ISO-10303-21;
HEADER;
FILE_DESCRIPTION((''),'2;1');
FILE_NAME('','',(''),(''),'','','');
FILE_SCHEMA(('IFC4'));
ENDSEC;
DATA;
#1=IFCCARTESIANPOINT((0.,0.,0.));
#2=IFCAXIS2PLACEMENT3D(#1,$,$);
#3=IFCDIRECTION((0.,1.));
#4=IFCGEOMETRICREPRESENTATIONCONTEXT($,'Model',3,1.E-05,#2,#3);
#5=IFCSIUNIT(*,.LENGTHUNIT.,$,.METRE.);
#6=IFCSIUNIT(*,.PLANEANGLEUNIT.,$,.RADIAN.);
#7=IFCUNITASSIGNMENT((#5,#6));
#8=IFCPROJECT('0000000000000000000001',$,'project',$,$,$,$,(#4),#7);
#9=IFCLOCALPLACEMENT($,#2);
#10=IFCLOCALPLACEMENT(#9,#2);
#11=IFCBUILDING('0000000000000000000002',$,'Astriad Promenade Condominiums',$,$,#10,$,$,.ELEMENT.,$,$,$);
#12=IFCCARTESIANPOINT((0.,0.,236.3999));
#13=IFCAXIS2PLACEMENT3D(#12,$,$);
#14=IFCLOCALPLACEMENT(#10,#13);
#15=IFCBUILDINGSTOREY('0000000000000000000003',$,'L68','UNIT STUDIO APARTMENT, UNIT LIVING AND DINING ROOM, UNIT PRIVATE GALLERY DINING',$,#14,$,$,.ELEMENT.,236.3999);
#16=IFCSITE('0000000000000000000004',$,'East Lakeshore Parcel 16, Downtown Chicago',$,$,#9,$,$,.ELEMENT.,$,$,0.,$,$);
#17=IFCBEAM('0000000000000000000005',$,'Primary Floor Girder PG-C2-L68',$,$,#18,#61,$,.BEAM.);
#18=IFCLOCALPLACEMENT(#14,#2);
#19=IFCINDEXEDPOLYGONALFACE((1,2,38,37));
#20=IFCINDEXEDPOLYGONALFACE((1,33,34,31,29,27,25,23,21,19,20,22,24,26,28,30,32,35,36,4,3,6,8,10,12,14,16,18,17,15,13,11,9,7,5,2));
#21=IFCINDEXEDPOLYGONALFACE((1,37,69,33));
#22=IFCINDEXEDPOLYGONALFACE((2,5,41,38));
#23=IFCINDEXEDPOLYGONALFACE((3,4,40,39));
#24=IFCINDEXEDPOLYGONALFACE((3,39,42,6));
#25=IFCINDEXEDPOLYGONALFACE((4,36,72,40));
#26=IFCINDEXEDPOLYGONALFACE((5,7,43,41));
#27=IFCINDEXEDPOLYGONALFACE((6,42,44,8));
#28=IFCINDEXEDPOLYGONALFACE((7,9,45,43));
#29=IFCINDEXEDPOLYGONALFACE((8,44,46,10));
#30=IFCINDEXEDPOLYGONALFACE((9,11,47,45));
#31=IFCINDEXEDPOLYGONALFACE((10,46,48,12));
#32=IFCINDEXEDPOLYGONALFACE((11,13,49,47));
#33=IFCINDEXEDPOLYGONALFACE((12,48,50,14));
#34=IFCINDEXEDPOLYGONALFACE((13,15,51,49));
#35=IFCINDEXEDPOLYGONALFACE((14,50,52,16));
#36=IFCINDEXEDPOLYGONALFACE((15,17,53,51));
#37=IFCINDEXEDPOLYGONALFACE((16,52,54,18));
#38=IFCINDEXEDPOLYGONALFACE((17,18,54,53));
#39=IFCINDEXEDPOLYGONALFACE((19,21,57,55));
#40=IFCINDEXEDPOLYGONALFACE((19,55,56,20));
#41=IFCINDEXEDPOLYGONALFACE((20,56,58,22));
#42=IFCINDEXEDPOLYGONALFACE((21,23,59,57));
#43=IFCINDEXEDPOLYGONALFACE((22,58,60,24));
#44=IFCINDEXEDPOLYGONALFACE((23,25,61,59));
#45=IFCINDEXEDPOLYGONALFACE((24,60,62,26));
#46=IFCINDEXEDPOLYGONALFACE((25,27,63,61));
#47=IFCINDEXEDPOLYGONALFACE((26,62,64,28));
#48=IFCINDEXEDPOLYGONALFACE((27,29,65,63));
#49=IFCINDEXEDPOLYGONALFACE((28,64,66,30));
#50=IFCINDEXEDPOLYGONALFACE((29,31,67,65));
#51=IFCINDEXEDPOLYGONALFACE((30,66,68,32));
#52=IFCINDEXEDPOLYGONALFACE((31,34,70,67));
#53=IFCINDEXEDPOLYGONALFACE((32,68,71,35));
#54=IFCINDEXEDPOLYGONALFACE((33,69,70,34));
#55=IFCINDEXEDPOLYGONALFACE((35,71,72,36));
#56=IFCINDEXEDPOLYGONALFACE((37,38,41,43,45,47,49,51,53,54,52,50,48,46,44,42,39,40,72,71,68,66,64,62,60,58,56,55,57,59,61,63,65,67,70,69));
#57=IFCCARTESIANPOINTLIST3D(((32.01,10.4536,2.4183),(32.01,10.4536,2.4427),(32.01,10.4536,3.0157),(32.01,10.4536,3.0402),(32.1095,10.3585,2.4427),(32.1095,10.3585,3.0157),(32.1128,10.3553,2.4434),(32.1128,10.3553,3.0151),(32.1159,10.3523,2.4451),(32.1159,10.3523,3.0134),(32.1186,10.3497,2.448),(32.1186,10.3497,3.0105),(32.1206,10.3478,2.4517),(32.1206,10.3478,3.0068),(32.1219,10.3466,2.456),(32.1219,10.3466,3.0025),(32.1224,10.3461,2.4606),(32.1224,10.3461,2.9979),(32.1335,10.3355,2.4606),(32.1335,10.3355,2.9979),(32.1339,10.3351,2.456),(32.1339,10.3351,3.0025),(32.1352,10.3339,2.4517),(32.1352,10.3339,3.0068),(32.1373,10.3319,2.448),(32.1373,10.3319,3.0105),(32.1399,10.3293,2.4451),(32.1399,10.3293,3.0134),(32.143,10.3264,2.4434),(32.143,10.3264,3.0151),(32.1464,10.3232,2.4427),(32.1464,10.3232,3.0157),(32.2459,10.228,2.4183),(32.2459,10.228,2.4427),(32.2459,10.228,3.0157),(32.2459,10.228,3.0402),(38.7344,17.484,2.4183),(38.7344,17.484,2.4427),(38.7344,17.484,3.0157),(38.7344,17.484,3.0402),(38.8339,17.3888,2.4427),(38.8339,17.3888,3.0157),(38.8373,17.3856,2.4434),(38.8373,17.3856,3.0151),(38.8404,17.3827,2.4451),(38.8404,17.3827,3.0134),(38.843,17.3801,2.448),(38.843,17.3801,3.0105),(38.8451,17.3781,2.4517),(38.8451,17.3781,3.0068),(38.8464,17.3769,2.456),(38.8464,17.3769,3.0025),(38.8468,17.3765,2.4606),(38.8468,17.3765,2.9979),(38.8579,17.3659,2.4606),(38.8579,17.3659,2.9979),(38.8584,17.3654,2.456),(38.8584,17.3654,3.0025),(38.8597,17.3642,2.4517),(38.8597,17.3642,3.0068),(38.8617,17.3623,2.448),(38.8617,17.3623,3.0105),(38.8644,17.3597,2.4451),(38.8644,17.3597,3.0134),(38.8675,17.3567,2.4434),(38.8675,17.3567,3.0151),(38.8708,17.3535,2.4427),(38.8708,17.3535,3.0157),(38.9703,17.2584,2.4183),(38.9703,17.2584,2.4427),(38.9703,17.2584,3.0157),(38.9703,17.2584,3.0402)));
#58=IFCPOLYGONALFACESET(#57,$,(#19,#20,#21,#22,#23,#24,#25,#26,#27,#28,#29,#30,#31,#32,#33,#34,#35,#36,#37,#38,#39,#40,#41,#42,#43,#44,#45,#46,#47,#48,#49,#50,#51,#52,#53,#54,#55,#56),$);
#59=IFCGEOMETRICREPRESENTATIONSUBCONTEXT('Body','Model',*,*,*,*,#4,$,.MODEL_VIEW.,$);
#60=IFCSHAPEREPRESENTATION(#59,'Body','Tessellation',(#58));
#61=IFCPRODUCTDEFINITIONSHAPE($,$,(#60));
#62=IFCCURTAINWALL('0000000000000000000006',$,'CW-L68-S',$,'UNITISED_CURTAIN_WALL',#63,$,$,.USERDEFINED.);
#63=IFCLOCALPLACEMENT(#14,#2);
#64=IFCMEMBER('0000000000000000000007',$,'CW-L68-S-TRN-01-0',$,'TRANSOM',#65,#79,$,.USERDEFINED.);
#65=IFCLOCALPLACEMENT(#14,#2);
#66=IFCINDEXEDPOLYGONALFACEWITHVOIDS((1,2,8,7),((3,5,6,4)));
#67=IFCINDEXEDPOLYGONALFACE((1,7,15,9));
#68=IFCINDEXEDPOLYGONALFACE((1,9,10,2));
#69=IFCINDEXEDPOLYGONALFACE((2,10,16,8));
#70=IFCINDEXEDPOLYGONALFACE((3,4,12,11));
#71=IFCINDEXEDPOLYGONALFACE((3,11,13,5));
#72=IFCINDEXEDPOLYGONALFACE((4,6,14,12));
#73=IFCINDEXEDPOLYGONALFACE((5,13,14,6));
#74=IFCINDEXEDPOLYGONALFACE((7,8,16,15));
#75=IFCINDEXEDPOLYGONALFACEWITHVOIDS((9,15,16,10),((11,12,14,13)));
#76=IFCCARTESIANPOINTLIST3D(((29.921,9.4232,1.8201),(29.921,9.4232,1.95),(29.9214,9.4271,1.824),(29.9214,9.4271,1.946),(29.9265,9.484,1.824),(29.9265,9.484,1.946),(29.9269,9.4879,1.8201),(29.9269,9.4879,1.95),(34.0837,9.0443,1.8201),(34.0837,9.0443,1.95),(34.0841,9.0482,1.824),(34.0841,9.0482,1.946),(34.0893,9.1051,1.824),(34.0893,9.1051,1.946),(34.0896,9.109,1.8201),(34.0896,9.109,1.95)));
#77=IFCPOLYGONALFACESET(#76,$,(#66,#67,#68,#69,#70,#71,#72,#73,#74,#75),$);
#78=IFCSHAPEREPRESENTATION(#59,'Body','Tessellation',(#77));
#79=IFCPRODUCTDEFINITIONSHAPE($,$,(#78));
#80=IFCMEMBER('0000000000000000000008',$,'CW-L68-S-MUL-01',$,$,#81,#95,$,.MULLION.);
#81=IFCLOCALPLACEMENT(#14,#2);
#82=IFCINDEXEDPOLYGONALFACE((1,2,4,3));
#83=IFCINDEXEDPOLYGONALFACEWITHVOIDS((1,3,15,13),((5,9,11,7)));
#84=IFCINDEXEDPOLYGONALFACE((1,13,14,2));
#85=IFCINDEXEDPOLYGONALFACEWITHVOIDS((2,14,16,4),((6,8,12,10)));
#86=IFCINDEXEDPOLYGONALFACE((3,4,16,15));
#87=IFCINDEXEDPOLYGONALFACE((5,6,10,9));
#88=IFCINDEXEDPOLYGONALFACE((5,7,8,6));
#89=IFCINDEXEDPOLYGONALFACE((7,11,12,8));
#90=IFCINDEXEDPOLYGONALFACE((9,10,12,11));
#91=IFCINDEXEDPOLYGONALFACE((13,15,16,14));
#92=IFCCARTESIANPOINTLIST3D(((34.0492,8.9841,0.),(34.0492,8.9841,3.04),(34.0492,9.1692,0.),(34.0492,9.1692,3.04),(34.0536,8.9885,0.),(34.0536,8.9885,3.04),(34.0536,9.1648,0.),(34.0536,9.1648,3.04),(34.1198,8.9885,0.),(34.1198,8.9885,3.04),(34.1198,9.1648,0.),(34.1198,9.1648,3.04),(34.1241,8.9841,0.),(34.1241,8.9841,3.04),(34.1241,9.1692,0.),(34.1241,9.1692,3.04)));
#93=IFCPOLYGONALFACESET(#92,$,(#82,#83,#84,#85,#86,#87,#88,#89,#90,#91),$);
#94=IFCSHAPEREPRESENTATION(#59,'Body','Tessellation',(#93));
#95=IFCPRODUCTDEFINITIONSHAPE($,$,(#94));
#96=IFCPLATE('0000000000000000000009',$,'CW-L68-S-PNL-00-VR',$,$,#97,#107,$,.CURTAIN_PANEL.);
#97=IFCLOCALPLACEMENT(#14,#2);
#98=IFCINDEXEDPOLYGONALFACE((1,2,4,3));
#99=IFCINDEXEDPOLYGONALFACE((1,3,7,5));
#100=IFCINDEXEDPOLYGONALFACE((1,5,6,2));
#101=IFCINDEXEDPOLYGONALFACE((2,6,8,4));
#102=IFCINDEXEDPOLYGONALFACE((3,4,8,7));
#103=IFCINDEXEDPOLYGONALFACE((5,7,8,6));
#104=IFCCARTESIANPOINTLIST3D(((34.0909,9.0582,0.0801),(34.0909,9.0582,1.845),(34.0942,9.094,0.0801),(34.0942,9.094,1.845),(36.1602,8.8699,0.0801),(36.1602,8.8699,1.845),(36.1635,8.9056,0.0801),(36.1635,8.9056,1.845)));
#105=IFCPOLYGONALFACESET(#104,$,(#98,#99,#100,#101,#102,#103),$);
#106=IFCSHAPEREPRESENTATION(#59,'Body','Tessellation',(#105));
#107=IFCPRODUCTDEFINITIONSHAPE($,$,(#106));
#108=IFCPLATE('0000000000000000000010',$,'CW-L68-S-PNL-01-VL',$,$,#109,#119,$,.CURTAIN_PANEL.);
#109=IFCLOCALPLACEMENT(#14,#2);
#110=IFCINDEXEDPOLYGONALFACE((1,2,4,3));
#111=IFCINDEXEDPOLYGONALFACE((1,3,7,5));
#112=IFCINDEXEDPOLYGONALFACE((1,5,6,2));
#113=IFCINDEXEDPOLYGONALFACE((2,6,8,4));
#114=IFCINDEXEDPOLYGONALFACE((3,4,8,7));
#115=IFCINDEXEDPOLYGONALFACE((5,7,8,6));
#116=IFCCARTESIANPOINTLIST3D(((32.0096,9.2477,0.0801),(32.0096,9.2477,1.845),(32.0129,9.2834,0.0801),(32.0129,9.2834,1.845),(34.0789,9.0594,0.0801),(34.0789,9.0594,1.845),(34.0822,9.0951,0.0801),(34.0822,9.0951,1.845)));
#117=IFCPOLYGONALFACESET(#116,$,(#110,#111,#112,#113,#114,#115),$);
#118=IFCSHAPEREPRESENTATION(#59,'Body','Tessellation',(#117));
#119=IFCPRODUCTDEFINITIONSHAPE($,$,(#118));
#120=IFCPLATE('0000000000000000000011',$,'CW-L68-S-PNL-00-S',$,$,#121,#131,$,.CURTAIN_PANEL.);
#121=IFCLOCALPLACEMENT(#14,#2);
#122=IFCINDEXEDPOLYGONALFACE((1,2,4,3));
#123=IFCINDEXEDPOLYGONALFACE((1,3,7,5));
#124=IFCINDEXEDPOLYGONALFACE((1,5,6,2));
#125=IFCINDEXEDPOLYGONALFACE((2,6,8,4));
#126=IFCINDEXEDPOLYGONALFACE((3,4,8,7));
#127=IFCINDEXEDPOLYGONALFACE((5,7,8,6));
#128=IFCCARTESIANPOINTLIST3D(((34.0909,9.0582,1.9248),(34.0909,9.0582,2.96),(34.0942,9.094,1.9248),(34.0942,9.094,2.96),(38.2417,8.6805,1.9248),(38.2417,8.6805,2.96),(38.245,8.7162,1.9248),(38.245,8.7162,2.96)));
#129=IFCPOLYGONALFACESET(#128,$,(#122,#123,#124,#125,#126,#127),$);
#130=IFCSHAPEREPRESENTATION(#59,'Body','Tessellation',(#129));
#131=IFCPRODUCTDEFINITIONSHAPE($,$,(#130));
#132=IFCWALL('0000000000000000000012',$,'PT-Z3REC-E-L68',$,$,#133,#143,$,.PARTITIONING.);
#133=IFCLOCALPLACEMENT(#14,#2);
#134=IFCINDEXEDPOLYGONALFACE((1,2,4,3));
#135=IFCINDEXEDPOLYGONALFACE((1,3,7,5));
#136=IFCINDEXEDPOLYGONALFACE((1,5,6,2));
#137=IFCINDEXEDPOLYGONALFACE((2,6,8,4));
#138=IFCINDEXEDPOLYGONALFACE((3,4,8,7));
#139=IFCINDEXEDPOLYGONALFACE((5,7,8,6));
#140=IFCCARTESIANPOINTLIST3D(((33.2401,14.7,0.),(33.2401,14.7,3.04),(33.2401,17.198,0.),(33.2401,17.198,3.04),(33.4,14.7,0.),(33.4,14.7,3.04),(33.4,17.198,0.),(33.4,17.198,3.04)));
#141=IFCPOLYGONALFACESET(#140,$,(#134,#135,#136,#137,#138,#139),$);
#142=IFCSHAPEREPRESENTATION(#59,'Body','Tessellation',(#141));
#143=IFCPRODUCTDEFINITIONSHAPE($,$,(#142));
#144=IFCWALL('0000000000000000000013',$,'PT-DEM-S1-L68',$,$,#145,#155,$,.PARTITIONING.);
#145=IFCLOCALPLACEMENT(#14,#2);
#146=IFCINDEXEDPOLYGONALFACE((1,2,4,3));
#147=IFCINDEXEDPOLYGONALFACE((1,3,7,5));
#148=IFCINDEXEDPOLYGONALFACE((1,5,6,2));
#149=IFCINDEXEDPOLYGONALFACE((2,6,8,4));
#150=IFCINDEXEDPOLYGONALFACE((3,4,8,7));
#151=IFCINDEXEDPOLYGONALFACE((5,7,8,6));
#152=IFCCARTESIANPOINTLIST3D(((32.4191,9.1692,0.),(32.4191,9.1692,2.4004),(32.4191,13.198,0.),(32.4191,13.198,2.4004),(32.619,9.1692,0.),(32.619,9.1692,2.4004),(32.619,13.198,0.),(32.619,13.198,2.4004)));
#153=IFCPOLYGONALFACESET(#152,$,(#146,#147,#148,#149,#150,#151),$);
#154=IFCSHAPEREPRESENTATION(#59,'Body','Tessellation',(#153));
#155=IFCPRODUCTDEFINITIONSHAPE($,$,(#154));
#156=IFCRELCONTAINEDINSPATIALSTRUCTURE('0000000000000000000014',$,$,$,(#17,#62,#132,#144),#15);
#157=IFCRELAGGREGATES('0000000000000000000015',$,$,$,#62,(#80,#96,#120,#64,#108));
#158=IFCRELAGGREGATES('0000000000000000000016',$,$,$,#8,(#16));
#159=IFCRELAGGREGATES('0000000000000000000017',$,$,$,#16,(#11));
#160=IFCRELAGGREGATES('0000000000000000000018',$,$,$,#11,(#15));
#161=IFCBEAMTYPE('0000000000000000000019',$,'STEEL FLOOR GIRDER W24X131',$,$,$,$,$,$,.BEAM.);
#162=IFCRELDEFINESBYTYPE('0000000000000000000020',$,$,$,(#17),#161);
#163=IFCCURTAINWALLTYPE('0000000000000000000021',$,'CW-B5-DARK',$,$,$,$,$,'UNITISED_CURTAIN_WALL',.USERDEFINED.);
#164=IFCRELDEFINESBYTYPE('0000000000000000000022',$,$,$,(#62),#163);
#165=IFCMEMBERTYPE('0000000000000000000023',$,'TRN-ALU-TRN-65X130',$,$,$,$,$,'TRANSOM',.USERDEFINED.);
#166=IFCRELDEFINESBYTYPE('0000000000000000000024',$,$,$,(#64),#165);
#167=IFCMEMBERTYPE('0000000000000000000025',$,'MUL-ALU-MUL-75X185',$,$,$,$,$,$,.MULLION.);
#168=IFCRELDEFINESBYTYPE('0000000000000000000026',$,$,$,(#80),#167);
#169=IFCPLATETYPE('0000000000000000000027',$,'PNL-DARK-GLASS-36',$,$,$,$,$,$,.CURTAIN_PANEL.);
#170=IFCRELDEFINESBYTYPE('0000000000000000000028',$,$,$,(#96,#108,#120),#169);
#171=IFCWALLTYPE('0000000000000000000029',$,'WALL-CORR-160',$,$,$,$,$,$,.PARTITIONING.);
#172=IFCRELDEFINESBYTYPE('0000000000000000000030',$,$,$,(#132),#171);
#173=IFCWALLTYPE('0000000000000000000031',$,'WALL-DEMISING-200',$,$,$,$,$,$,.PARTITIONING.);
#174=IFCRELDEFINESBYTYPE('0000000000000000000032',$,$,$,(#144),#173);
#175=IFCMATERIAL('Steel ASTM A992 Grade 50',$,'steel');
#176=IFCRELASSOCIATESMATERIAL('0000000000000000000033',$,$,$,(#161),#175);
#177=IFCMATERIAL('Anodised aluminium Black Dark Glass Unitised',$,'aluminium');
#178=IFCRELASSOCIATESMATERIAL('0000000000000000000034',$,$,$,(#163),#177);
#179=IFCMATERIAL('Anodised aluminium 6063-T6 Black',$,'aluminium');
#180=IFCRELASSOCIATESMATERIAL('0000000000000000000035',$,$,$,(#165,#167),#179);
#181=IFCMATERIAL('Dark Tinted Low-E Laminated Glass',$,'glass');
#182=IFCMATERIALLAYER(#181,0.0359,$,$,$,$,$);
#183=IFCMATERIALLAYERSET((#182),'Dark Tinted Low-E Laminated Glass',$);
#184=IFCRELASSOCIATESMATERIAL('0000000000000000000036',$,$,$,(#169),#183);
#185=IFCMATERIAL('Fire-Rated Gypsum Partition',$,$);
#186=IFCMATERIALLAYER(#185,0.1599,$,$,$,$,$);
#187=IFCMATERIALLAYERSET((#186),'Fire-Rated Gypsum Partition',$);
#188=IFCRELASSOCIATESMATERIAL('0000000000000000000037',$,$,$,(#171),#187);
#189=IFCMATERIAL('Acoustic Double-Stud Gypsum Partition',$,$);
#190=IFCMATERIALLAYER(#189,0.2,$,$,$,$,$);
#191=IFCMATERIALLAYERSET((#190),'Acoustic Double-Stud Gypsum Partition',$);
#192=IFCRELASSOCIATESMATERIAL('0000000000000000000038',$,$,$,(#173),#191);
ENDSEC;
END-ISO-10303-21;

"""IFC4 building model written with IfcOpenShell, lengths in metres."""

from ifc_helpers import new_model, si_unit, direction, frame, frame_2d, origin, origin_2d, place, context, subcontext, project, spatial, rectangle, hollow_rectangle, i_section, extrude, source, transform, mapped, material, layer, layer_set, material_profile, profile_set, type_object, type_shapes, element, aggregate, save


model = new_model("IFC4")

# Units and contexts
model_context = context("Model", 3, precision=1e-05, world=origin(), true_north=direction((0.0, 1.0)))
body_context = subcontext(model_context, "Body", "Model", "MODEL_VIEW")
ifc_project = project(units=[si_unit("LENGTHUNIT", "METRE"), si_unit("PLANEANGLEUNIT", "RADIAN")], contexts=[model_context])

# Site, building, storey
site_placement = place(None, origin())
site = spatial("IfcSite", under=ifc_project, at=site_placement, Name="East Lakeshore Parcel 16, Downtown Chicago", CompositionType="ELEMENT", RefElevation=0.0)
building_placement = place(site_placement, origin())
building = spatial("IfcBuilding", under=site, at=building_placement, Name="Astriad Promenade Condominiums", CompositionType="ELEMENT")
storey_placement = place(building_placement, frame((0.0, 0.0, 236.3999)))
storey = spatial("IfcBuildingStorey", under=building, at=storey_placement, Name="L68", Description="UNIT STUDIO APARTMENT, UNIT LIVING AND DINING ROOM, UNIT PRIVATE GALLERY DINING", CompositionType="ELEMENT", Elevation=236.3999)

# Shared definitions
ifc_material_1 = material(Name="Steel ASTM A992 Grade 50", Category="steel")

# Beam
ifc_material_profile_1 = material_profile(ifc_material_1, i_section(OverallWidth=0.3264, OverallDepth=0.6218, WebThickness=0.0154, FlangeThickness=0.0244, FilletRadius=0.0178, at=origin_2d()), Name="W24X131")
ifc_profile_set_1 = profile_set([ifc_material_profile_1], Name="Steel ASTM A992 Grade 50")
beam_type_1 = type_object("IfcBeamType", Name="STEEL FLOOR GIRDER W24X131", PredefinedType="BEAM", material=ifc_profile_set_1)
shared_shape_1 = source(origin(), body_context, "Body", "SweptSolid", [
    extrude(i_section(OverallWidth=0.3264, OverallDepth=0.6218, WebThickness=0.0154, FlangeThickness=0.0244, FilletRadius=0.0178, at=origin_2d()), origin(), (0.0, 0.0, 1.0), 9.7285),
])
beam_1_placement = place(storey_placement, frame((32.1279, 10.3408, 2.7292), z_axis=(0.69121, 0.722654, 0.0), x_axis=(-0.722654, 0.69121, 0.0)))
element("IfcBeam", 1, at=beam_1_placement, inside=storey, type_object=beam_type_1, Name="Primary Floor Girder PG-C2-L68", PredefinedType="BEAM", context=body_context, shape_type="MappedRepresentation", body=[
    mapped(shared_shape_1, transform((0.0, 0.0, 0.0), scale=1.0)),
])

# Curtain wall, members, plates
ifc_material_2 = material(Name="Anodised aluminium Black Dark Glass Unitised", Category="aluminium")
curtain_wall_type = type_object("IfcCurtainWallType", Name="CW-B5-DARK", ElementType="UNITISED_CURTAIN_WALL", PredefinedType="USERDEFINED", material=ifc_material_2)
curtain_wall_placement = place(storey_placement, origin())
curtain_wall = element("IfcCurtainWall", 2, at=curtain_wall_placement, inside=storey, type_object=curtain_wall_type, Name="CW-L68-S", ObjectType="UNITISED_CURTAIN_WALL", PredefinedType="USERDEFINED")
ifc_material_3 = material(Name="Anodised aluminium 6063-T6 Black", Category="aluminium")
ifc_material_profile_2 = material_profile(ifc_material_3, hollow_rectangle(XDim=0.0649, YDim=0.1299, WallThickness=0.0039, at=origin_2d()), Name="ALU-TRN-65X130")
ifc_profile_set_2 = profile_set([ifc_material_profile_2], Name="Anodised aluminium 6063-T6 Black")
member_type_1 = type_object("IfcMemberType", Name="TRN-ALU-TRN-65X130", ElementType="TRANSOM", PredefinedType="USERDEFINED", material=ifc_profile_set_2)
shared_shape_2 = source(origin(), body_context, "Body", "SweptSolid", [
    extrude(hollow_rectangle(XDim=0.0649, YDim=0.1299, WallThickness=0.0039, at=origin_2d()), origin(), (0.0, 0.0, 1.0), 4.1799),
])
type_shapes(member_type_1, [shared_shape_2])
member_1_placement = place(storey_placement, frame((34.0867, 9.0767, 1.885), z_axis=(-0.995883, 0.090646, 0.0), x_axis=(-0.090646, -0.995883, 0.0)))
member_1 = element("IfcMember", 3, at=member_1_placement, type_object=member_type_1, Name="CW-L68-S-TRN-01-0", ObjectType="TRANSOM", PredefinedType="USERDEFINED", context=body_context, shape_type="MappedRepresentation", body=[
    mapped(shared_shape_2, transform((0.0, 0.0, 0.0), scale=1.0)),
])
ifc_material_profile_3 = material_profile(ifc_material_3, hollow_rectangle(XDim=0.075, YDim=0.1851, WallThickness=0.0044, at=origin_2d()), Name="ALU-MUL-75X185")
ifc_profile_set_3 = profile_set([ifc_material_profile_3], Name="Anodised aluminium 6063-T6 Black")
member_type_2 = type_object("IfcMemberType", Name="MUL-ALU-MUL-75X185", PredefinedType="MULLION", material=ifc_profile_set_3)
shared_shape_3 = source(origin(), body_context, "Body", "SweptSolid", [
    extrude(hollow_rectangle(XDim=0.075, YDim=0.1851, WallThickness=0.0044, at=origin_2d()), origin(), (0.0, 0.0, 1.0), 3.04),
])
type_shapes(member_type_2, [shared_shape_3])
member_2_placement = place(storey_placement, frame((34.0867, 9.0767, 0.0), z_axis=(0.0, 0.0, 1.0), x_axis=(1.0, 0.0, 0.0)))
member_2 = element("IfcMember", 4, at=member_2_placement, type_object=member_type_2, Name="CW-L68-S-MUL-01", PredefinedType="MULLION", context=body_context, shape_type="MappedRepresentation", body=[
    mapped(shared_shape_3, transform((0.0, 0.0, 0.0), scale=1.0)),
])
ifc_material_4 = material(Name="Dark Tinted Low-E Laminated Glass", Category="glass")
ifc_layer_1 = layer(ifc_material_4, 0.0359)
ifc_layer_set_1 = layer_set([ifc_layer_1], Name="Dark Tinted Low-E Laminated Glass")
plate_type = type_object("IfcPlateType", Name="PNL-DARK-GLASS-36", PredefinedType="CURTAIN_PANEL", material=ifc_layer_set_1)
shared_shape_4 = source(origin(), body_context, "Body", "SweptSolid", [
    extrude(rectangle(XDim=2.0779, YDim=0.0359, at=origin_2d()), origin(), (0.0, 0.0, 1.0), 1.7649),
])
plate_1_placement = place(storey_placement, frame((35.1272, 8.9819, 0.0801), z_axis=(0.0, 0.0, 1.0), x_axis=(-0.995884, 0.090633, 0.0)))
plate_1 = element("IfcPlate", 5, at=plate_1_placement, type_object=plate_type, Name="CW-L68-S-PNL-00-VR", PredefinedType="CURTAIN_PANEL", context=body_context, shape_type="MappedRepresentation", body=[
    mapped(shared_shape_4, transform((0.0, 0.0, 0.0), scale=1.0)),
])
plate_2_placement = place(storey_placement, frame((33.0459, 9.1714, 0.0801), z_axis=(0.0, 0.0, 1.0), x_axis=(-0.995884, 0.090633, 0.0)))
plate_2 = element("IfcPlate", 6, at=plate_2_placement, type_object=plate_type, Name="CW-L68-S-PNL-01-VL", PredefinedType="CURTAIN_PANEL", context=body_context, shape_type="MappedRepresentation", body=[
    mapped(shared_shape_4, transform((0.0, 0.0, 0.0), scale=1.0)),
])
shared_shape_5 = source(origin(), body_context, "Body", "SweptSolid", [
    extrude(rectangle(XDim=4.168, YDim=0.0359, at=origin_2d()), origin(), (0.0, 0.0, 1.0), 1.0352),
])
type_shapes(plate_type, [shared_shape_4, shared_shape_5])
plate_3_placement = place(storey_placement, frame((36.168, 8.8872, 1.9248), z_axis=(0.0, 0.0, 1.0), x_axis=(-0.995884, 0.090633, 0.0)))
plate_3 = element("IfcPlate", 7, at=plate_3_placement, type_object=plate_type, Name="CW-L68-S-PNL-00-S", PredefinedType="CURTAIN_PANEL", context=body_context, shape_type="MappedRepresentation", body=[
    mapped(shared_shape_5, transform((0.0, 0.0, 0.0), scale=1.0)),
])
aggregate(curtain_wall, [member_2, plate_1, plate_3, member_1, plate_2])

# Walls
ifc_material_5 = material(Name="Fire-Rated Gypsum Partition")
ifc_layer_2 = layer(ifc_material_5, 0.1599)
ifc_layer_set_2 = layer_set([ifc_layer_2], Name="Fire-Rated Gypsum Partition")
wall_type_1 = type_object("IfcWallType", Name="WALL-CORR-160", PredefinedType="PARTITIONING", material=ifc_layer_set_2)
wall_1_placement = place(storey_placement, frame((33.3201, 14.7, 0.0), z_axis=(0.0, 0.0, 1.0), x_axis=(0.0, 1.0, 0.0)))
element("IfcWall", 8, at=wall_1_placement, inside=storey, type_object=wall_type_1, Name="PT-Z3REC-E-L68", PredefinedType="PARTITIONING", context=body_context, shape_type="SweptSolid", body=[
    extrude(rectangle(XDim=2.498, YDim=0.1599, at=frame_2d((1.249, 0.0))), origin(), (0.0, 0.0, 1.0), 3.04),
])
ifc_material_6 = material(Name="Acoustic Double-Stud Gypsum Partition")
ifc_layer_3 = layer(ifc_material_6, 0.2)
ifc_layer_set_3 = layer_set([ifc_layer_3], Name="Acoustic Double-Stud Gypsum Partition")
wall_type_2 = type_object("IfcWallType", Name="WALL-DEMISING-200", PredefinedType="PARTITIONING", material=ifc_layer_set_3)
wall_2_placement = place(storey_placement, frame((32.519, 9.1692, 0.0), z_axis=(0.0, 0.0, 1.0), x_axis=(0.0, 1.0, 0.0)))
element("IfcWall", 9, at=wall_2_placement, inside=storey, type_object=wall_type_2, Name="PT-DEM-S1-L68", PredefinedType="PARTITIONING", context=body_context, shape_type="SweptSolid", body=[
    extrude(rectangle(XDim=4.0288, YDim=0.2, at=frame_2d((2.0144, 0.0))), origin(), (0.0, 0.0, 1.0), 2.4004),
])

save(model, "model.ifc")
